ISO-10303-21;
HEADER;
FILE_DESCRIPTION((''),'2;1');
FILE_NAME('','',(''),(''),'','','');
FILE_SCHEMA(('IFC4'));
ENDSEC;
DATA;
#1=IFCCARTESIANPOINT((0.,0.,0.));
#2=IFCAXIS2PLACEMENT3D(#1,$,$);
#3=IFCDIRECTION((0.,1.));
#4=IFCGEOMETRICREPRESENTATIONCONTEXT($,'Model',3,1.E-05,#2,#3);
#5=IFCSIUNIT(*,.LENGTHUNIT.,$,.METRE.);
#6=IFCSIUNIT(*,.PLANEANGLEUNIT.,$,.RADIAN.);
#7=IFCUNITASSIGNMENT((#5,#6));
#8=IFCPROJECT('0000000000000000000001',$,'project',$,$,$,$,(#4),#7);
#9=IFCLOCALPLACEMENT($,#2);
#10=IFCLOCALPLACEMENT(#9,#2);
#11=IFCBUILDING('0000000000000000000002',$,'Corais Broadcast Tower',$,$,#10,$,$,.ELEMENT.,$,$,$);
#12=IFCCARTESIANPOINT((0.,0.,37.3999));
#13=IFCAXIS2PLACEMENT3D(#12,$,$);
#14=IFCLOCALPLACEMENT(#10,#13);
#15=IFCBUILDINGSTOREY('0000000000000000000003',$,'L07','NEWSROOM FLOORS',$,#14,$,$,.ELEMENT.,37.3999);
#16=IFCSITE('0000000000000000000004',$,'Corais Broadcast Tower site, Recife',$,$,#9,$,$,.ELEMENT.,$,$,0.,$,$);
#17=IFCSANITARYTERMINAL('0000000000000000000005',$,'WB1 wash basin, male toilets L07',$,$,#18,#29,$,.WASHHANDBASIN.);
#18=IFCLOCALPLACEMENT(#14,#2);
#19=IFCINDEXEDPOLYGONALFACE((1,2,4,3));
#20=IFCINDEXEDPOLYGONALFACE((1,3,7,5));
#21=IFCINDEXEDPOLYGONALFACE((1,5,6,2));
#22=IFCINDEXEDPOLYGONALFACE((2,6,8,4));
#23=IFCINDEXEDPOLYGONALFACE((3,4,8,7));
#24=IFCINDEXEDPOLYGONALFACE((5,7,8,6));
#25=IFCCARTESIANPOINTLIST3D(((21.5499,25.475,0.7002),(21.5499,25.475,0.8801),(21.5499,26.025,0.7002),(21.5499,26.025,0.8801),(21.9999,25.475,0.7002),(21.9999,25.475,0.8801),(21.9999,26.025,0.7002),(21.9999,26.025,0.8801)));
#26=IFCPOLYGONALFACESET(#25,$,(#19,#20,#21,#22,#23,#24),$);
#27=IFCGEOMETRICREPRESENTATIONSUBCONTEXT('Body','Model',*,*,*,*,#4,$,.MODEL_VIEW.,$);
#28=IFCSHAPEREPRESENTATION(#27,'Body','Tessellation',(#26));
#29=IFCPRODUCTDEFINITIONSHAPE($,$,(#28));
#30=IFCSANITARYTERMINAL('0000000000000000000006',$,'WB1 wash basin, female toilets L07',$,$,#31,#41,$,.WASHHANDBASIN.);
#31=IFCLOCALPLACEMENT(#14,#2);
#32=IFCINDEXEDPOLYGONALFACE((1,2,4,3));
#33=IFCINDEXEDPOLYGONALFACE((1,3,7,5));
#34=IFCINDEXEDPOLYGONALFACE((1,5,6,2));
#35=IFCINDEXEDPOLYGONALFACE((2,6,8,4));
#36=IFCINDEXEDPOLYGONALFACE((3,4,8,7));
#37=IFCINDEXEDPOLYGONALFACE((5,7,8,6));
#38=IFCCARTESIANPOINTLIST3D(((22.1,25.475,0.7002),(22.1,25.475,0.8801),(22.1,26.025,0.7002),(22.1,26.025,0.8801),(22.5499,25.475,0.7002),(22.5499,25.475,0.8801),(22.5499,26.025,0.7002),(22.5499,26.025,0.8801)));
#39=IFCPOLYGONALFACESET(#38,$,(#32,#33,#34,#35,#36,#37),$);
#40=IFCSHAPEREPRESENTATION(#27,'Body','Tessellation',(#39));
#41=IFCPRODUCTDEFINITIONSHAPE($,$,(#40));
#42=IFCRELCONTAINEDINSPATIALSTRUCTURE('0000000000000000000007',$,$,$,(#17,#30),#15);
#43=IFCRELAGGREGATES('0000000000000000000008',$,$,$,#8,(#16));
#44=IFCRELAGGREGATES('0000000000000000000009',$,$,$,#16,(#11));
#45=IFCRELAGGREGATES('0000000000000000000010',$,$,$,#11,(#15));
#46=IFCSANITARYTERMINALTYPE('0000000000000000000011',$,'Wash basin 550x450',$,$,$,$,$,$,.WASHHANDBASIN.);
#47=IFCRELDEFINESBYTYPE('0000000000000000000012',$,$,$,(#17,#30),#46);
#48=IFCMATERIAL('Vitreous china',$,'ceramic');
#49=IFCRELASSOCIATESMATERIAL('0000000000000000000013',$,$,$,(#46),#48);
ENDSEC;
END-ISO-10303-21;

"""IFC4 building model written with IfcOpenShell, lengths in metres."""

from ifc_helpers import new_model, si_unit, direction, frame, origin, origin_2d, place, context, subcontext, project, spatial, rectangle, extrude, material, type_object, element, save


model = new_model("IFC4")

# Units and contexts
model_context = context("Model", 3, precision=1e-05, world=origin(), true_north=direction((0.0, 1.0)))
body_context = subcontext(model_context, "Body", "Model", "MODEL_VIEW")
ifc_project = project(units=[si_unit("LENGTHUNIT", "METRE"), si_unit("PLANEANGLEUNIT", "RADIAN")], contexts=[model_context])

# Site, building, storey
site_placement = place(None, origin())
site = spatial("IfcSite", under=ifc_project, at=site_placement, Name="Corais Broadcast Tower site, Recife", CompositionType="ELEMENT", RefElevation=0.0)
building_placement = place(site_placement, origin())
building = spatial("IfcBuilding", under=site, at=building_placement, Name="Corais Broadcast Tower", CompositionType="ELEMENT")
storey_placement = place(building_placement, frame((0.0, 0.0, 37.3999)))
storey = spatial("IfcBuildingStorey", under=building, at=storey_placement, Name="L07", Description="NEWSROOM FLOORS", CompositionType="ELEMENT", Elevation=37.3999)

# Sanitary terminals
ifc_material_1 = material(Name="Vitreous china", Category="ceramic")
sanitary_terminal_type_1 = type_object("IfcSanitaryTerminalType", Name="Wash basin 550x450", PredefinedType="WASHHANDBASIN", material=ifc_material_1)
for number, where, z_axis, x_axis, name in (
    (1, (21.7749, 25.75, 0.7002), (0.0, 0.0, 1.0), (1.0, 0.0, 0.0), "WB1 wash basin, male toilets L07"),
    (2, (22.325, 25.75, 0.7002), (0.0, 0.0, 1.0), (1.0, 0.0, 0.0), "WB1 wash basin, female toilets L07"),
):
    element("IfcSanitaryTerminal", number, at=place(storey_placement, frame(where, z_axis=z_axis, x_axis=x_axis)), inside=storey, type_object=sanitary_terminal_type_1, Name=name, PredefinedType="WASHHANDBASIN", context=body_context, shape_type="SweptSolid", body=[
        extrude(rectangle(XDim=0.45, YDim=0.55, at=origin_2d()), origin(), (0.0, 0.0, 1.0), 0.1799),
    ])

save(model, "model.ifc")
